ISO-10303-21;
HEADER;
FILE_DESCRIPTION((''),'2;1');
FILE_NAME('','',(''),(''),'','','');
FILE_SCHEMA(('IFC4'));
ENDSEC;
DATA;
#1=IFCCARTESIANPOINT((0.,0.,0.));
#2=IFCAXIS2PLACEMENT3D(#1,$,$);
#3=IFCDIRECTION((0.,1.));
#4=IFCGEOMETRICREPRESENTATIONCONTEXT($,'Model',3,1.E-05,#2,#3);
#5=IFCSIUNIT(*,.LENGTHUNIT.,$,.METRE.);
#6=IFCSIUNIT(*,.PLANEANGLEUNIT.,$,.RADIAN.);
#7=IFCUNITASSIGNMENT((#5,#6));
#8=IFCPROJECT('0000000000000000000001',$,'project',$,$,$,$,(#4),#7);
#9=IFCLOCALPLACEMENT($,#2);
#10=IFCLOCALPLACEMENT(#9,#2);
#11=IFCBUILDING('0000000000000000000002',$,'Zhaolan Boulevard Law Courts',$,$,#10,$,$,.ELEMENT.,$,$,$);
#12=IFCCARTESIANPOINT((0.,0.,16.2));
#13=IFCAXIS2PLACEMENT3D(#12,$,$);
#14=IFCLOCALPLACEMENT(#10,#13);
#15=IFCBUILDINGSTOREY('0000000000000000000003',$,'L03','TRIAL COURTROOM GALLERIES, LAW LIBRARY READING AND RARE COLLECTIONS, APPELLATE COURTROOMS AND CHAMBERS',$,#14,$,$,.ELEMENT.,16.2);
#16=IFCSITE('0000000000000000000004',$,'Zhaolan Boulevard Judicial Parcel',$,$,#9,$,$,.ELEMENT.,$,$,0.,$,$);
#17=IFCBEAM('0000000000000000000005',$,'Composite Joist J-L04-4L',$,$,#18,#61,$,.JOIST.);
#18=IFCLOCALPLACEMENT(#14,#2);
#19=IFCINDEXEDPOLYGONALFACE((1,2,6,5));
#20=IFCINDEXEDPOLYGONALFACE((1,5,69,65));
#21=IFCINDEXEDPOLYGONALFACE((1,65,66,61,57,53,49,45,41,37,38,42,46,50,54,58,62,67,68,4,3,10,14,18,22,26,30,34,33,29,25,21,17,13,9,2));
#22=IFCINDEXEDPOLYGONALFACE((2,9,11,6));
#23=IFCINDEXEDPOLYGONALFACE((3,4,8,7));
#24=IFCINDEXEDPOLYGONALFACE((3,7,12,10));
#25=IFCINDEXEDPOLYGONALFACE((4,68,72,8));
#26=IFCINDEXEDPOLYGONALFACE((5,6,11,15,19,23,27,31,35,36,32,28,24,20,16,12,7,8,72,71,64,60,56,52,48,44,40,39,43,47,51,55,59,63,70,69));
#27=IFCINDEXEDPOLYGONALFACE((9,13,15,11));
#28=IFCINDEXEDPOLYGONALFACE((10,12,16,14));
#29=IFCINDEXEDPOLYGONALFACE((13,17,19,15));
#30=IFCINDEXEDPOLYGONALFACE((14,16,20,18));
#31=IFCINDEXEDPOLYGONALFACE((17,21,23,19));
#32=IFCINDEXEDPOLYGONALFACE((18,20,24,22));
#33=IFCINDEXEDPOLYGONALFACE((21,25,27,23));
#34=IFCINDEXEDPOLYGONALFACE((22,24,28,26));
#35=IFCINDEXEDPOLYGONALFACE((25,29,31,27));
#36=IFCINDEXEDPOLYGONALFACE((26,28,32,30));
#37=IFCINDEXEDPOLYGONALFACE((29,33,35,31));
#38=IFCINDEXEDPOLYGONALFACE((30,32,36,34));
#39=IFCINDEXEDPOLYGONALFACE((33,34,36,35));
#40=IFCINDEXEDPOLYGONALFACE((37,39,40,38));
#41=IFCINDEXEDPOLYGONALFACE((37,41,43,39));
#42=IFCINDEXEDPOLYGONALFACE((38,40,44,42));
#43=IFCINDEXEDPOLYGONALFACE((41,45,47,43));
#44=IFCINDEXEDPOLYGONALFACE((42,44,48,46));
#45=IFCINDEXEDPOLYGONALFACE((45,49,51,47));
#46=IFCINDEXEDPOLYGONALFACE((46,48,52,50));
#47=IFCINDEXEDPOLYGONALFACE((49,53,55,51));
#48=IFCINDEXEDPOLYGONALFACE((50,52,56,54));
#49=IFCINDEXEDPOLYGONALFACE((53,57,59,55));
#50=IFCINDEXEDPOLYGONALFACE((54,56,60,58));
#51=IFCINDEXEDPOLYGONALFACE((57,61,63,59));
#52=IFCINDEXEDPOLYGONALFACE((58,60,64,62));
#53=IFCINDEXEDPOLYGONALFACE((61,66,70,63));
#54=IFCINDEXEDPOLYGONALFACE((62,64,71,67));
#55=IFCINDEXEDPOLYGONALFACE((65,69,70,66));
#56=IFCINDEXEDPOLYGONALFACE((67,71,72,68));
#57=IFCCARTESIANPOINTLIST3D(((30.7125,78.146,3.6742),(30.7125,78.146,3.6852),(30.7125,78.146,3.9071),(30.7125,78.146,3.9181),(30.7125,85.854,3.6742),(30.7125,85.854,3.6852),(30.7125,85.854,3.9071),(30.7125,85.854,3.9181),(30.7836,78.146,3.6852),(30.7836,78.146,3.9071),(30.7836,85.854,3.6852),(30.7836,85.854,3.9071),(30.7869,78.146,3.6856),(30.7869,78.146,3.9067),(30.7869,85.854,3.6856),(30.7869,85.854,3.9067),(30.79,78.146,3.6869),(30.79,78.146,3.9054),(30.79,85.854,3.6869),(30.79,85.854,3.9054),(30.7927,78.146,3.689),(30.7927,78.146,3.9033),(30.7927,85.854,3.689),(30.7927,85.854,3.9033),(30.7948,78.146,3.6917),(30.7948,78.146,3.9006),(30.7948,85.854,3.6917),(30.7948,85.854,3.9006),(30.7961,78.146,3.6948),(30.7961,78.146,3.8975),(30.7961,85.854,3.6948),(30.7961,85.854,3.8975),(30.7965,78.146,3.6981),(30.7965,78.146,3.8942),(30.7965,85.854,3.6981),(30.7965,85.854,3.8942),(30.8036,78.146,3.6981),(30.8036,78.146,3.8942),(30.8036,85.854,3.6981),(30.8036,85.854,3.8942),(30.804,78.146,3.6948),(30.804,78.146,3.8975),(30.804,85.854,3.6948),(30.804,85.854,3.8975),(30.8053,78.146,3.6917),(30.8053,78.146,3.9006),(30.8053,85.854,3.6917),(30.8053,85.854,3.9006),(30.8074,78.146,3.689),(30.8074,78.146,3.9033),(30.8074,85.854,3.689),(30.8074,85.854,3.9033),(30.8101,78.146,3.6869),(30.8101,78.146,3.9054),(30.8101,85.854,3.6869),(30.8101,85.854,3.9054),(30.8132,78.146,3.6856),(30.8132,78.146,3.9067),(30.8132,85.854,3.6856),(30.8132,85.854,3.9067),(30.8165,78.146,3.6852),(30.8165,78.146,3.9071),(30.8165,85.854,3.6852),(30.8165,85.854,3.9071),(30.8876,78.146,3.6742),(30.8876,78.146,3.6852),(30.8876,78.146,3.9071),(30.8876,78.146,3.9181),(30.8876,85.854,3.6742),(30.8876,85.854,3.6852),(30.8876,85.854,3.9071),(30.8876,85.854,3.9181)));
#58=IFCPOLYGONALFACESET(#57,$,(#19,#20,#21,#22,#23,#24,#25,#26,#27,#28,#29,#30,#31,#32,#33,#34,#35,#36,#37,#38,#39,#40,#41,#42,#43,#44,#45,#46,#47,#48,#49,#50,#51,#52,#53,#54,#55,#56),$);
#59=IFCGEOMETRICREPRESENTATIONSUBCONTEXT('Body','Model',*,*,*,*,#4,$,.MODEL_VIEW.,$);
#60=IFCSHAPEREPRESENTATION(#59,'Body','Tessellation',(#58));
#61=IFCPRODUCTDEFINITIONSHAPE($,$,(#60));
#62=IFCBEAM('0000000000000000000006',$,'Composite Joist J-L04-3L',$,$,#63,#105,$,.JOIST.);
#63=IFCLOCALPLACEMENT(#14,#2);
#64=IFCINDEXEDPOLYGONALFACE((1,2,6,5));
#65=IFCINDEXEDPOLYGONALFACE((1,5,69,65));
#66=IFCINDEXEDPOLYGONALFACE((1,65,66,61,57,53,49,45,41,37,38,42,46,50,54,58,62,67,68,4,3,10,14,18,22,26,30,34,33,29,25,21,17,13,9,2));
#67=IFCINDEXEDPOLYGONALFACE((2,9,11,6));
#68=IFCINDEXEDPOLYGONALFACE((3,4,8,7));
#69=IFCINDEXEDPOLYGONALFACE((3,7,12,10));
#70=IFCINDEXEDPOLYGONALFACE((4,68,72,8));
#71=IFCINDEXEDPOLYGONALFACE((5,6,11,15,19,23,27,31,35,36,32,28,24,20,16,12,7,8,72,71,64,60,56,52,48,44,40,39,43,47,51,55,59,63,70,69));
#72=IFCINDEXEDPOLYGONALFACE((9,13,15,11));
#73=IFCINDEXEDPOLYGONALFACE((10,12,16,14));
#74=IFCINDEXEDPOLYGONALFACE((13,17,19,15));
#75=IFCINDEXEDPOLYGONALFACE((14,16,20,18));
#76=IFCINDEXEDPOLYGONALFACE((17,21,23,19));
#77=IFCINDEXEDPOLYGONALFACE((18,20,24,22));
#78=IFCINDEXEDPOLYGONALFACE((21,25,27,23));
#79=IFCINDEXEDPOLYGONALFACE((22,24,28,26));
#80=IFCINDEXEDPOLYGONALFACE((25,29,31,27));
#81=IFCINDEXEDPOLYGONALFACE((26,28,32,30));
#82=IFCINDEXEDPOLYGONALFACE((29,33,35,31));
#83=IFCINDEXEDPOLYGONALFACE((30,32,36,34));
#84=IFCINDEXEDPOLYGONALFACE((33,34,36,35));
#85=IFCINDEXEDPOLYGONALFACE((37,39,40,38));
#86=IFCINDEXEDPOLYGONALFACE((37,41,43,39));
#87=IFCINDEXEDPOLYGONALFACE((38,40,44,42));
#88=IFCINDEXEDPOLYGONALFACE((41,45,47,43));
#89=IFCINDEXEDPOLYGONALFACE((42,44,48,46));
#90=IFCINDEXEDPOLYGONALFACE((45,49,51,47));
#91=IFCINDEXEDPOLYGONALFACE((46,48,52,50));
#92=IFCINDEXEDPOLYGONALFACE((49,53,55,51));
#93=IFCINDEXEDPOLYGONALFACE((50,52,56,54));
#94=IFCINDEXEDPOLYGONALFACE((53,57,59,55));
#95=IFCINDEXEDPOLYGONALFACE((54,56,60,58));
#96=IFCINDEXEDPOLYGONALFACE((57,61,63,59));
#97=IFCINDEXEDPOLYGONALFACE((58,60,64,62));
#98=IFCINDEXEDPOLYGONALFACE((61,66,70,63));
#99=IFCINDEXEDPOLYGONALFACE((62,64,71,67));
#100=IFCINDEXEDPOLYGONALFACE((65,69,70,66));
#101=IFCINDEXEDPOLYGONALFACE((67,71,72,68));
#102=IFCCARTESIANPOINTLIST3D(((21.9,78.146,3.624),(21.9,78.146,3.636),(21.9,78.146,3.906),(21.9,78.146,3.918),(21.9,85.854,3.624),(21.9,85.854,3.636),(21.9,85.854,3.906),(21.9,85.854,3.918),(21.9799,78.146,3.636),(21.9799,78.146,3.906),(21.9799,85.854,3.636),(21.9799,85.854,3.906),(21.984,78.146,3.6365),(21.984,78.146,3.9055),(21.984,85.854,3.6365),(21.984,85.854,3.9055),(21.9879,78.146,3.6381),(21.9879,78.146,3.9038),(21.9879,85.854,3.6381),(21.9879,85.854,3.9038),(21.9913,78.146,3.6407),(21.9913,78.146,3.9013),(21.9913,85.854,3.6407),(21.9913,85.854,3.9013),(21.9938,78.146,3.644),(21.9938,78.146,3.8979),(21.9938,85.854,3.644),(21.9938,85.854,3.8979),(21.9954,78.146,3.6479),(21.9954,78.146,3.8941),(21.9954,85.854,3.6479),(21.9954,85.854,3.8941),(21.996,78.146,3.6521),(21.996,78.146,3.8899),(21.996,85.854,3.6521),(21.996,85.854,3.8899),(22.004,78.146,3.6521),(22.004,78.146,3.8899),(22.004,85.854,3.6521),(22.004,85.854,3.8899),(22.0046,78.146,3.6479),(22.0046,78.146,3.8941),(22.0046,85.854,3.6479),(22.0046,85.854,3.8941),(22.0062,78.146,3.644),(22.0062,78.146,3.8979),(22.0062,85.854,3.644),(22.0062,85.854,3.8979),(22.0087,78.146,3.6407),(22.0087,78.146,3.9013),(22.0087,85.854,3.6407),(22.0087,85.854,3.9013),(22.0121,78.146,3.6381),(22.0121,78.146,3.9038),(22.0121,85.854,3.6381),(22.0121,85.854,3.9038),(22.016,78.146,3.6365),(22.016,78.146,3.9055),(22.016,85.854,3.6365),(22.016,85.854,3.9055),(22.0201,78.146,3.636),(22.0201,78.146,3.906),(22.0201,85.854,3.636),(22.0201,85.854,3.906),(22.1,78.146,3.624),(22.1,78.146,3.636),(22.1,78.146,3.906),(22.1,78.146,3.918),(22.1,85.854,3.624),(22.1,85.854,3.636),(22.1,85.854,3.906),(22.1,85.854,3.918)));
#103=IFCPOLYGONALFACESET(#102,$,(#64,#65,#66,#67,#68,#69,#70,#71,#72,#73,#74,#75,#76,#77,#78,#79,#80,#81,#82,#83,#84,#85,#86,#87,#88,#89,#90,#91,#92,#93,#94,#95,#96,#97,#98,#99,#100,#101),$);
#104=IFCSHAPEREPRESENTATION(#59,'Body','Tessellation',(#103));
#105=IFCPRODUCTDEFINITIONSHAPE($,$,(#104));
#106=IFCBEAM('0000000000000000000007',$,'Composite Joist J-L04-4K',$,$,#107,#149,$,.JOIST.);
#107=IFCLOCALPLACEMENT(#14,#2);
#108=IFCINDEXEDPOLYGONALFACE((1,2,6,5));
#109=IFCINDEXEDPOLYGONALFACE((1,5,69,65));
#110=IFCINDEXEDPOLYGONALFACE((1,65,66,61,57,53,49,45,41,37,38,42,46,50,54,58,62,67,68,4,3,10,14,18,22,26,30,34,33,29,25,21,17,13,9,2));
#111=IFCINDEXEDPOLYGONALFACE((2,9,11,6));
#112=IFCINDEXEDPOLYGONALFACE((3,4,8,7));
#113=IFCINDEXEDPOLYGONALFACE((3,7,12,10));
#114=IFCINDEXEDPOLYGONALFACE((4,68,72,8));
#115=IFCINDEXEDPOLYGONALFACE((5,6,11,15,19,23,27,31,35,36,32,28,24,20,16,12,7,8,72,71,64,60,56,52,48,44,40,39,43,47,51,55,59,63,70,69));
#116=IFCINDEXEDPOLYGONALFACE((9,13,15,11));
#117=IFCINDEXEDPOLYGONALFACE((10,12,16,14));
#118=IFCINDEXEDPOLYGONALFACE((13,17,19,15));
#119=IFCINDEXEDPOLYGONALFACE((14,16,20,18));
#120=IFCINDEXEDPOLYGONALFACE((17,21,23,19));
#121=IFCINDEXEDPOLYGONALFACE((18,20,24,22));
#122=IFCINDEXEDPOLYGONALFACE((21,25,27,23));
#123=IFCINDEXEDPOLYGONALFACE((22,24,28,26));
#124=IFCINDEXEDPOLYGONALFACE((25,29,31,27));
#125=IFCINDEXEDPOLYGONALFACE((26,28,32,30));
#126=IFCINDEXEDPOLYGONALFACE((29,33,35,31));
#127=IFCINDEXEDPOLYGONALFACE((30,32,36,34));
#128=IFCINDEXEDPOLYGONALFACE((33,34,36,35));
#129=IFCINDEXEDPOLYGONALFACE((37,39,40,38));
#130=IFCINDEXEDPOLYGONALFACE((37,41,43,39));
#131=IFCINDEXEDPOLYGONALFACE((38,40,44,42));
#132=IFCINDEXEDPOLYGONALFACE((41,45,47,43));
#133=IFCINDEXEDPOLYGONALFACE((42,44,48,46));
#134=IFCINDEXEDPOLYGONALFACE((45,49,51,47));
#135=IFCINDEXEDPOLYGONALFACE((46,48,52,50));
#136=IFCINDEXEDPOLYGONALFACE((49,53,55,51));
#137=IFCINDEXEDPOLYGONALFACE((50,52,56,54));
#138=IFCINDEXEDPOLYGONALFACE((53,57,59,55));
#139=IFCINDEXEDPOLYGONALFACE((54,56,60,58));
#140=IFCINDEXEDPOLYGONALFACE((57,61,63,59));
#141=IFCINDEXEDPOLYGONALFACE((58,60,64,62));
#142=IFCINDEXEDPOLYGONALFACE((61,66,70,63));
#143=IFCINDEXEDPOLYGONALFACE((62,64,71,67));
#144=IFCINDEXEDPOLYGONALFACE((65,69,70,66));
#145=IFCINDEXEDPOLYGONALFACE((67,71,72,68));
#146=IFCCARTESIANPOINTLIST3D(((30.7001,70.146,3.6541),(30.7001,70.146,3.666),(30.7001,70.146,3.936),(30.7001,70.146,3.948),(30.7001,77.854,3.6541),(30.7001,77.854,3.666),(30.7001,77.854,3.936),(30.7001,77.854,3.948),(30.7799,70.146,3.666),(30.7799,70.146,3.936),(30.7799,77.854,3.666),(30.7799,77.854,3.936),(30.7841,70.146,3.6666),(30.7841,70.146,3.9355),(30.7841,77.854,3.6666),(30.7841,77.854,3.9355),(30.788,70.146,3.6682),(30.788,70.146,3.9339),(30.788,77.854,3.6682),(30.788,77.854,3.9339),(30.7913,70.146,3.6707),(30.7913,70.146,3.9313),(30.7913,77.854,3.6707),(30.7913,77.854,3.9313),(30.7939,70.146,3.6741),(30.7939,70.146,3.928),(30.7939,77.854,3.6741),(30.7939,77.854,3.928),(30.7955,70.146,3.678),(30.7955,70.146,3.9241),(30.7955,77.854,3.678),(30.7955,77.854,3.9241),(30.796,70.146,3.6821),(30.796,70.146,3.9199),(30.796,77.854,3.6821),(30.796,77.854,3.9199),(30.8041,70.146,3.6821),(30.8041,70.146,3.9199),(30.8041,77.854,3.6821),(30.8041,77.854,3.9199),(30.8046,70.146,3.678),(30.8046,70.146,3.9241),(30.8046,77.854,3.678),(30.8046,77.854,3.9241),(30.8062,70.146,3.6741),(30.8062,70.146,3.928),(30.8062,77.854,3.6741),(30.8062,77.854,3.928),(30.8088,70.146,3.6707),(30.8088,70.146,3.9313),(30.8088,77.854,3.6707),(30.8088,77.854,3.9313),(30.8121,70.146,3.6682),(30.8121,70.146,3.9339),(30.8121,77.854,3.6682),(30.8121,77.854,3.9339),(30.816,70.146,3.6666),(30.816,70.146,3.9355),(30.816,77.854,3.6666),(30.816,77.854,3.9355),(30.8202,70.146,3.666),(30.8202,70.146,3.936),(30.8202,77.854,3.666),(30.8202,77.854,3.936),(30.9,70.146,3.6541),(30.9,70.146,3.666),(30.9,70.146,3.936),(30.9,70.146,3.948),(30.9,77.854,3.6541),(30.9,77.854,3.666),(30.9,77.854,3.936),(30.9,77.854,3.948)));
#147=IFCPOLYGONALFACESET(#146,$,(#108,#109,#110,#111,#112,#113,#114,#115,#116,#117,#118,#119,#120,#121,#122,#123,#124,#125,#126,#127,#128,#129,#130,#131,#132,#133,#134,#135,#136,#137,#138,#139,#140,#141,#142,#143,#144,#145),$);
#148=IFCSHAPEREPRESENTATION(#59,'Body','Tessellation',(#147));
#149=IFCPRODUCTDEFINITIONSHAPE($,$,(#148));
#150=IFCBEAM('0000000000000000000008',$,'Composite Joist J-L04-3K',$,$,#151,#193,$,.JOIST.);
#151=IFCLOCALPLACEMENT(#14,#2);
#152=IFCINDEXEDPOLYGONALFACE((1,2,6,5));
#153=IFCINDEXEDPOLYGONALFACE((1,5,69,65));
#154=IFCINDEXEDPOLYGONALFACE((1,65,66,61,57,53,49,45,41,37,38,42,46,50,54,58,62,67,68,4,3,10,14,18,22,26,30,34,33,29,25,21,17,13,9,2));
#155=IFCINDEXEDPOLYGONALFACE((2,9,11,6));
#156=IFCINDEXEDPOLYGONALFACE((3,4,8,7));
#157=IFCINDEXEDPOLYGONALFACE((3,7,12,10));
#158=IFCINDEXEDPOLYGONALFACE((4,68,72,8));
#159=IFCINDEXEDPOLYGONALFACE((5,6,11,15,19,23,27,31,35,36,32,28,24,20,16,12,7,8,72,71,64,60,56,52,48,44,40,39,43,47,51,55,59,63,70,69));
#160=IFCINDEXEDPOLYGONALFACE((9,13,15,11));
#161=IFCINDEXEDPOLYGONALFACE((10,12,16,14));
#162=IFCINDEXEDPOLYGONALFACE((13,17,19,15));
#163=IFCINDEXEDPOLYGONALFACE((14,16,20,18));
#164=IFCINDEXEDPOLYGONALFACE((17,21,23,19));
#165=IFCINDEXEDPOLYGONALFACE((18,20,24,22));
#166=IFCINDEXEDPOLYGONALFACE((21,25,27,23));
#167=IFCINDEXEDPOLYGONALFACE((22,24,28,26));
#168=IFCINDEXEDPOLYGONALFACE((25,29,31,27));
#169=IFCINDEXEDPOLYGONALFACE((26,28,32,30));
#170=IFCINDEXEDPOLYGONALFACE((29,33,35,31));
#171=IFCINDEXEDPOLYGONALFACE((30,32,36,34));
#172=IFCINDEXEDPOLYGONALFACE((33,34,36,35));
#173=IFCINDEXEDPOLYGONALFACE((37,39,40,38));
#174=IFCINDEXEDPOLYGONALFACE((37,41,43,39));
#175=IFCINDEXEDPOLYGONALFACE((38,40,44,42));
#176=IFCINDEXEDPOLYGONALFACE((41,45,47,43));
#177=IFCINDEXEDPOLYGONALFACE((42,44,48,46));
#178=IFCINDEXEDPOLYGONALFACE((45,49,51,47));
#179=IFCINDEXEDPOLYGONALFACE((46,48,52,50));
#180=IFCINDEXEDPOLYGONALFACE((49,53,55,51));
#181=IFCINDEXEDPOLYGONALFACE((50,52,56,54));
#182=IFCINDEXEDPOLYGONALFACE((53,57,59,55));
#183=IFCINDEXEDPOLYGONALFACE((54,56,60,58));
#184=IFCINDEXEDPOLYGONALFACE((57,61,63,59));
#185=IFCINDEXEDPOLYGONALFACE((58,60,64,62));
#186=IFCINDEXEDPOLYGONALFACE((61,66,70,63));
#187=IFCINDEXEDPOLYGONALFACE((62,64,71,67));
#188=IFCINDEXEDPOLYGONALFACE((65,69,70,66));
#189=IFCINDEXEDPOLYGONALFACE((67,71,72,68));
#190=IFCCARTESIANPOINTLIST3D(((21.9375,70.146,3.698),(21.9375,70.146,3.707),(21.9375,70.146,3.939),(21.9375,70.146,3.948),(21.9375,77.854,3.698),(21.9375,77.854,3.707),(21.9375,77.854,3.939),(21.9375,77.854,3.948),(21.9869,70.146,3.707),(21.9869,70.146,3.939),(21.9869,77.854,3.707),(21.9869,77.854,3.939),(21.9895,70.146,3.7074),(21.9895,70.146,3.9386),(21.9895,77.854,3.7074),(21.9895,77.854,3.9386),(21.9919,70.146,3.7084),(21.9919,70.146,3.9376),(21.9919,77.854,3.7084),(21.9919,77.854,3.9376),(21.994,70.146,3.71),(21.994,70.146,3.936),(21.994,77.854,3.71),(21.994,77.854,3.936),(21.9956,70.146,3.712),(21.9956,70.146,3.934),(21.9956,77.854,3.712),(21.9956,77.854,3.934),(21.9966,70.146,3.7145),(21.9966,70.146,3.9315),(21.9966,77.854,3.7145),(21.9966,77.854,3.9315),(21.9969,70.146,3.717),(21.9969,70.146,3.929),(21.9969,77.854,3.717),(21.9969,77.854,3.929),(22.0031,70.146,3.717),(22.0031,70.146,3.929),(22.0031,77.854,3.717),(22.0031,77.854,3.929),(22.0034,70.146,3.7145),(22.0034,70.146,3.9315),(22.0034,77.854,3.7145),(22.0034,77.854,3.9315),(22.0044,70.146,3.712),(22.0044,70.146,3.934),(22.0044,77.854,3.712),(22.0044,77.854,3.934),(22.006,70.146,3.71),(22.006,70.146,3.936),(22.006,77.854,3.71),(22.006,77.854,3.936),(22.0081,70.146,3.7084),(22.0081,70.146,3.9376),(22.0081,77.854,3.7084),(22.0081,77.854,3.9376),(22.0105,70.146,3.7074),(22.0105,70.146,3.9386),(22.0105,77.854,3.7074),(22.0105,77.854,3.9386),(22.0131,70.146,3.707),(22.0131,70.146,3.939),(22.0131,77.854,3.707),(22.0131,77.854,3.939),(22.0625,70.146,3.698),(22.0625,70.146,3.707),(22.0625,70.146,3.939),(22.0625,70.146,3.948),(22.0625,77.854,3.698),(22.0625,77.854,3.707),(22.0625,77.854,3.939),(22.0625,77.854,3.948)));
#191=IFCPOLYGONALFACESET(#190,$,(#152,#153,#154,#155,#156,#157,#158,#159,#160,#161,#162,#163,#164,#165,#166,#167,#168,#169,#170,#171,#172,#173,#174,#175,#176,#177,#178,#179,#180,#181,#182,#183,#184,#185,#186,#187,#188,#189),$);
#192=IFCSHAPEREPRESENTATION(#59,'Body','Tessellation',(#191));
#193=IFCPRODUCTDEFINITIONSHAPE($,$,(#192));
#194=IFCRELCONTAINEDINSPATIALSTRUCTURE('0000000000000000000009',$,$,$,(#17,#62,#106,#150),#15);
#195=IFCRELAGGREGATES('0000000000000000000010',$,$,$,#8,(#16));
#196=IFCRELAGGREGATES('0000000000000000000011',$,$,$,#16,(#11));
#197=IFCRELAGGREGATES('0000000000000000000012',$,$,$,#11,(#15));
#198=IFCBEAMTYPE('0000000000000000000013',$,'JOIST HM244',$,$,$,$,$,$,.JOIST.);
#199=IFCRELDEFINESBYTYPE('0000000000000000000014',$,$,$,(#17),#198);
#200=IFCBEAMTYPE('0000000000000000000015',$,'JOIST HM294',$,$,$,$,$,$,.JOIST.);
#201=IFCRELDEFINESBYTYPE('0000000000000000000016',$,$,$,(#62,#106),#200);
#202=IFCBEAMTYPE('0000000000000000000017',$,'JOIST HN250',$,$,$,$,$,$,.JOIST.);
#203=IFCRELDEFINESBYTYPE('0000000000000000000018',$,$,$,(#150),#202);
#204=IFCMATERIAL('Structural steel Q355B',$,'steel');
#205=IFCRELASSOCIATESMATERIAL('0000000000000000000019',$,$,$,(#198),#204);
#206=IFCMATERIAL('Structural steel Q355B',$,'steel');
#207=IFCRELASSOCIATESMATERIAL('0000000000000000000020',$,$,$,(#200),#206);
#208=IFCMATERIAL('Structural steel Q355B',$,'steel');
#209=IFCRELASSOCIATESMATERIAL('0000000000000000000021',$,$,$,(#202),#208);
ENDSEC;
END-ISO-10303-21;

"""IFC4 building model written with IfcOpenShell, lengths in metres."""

from ifc_helpers import new_model, si_unit, direction, frame, origin, origin_2d, place, context, subcontext, project, spatial, i_section, extrude, material, material_profile, profile_set, type_object, element, save


model = new_model("IFC4")

# Units and contexts
model_context = context("Model", 3, precision=1e-05, world=origin(), true_north=direction((0.0, 1.0)))
body_context = subcontext(model_context, "Body", "Model", "MODEL_VIEW")
ifc_project = project(units=[si_unit("LENGTHUNIT", "METRE"), si_unit("PLANEANGLEUNIT", "RADIAN")], contexts=[model_context])

# Site, building, storey
site_placement = place(None, origin())
site = spatial("IfcSite", under=ifc_project, at=site_placement, Name="Zhaolan Boulevard Judicial Parcel", CompositionType="ELEMENT", RefElevation=0.0)
building_placement = place(site_placement, origin())
building = spatial("IfcBuilding", under=site, at=building_placement, Name="Zhaolan Boulevard Law Courts", CompositionType="ELEMENT")
storey_placement = place(building_placement, frame((0.0, 0.0, 16.2)))
storey = spatial("IfcBuildingStorey", under=building, at=storey_placement, Name="L03", Description="TRIAL COURTROOM GALLERIES, LAW LIBRARY READING AND RARE COLLECTIONS, APPELLATE COURTROOMS AND CHAMBERS", CompositionType="ELEMENT", Elevation=16.2)

# Beams
ifc_material_1 = material(Name="Structural steel Q355B", Category="steel")
ifc_material_profile_1 = material_profile(ifc_material_1, i_section(OverallWidth=0.175, OverallDepth=0.2439, WebThickness=0.0071, FlangeThickness=0.011, FilletRadius=0.0129, at=origin_2d()), Name="HM244x175")
ifc_profile_set_1 = profile_set([ifc_material_profile_1], Name="Structural steel Q355B")
beam_type_1 = type_object("IfcBeamType", Name="JOIST HM244", PredefinedType="JOIST", material=ifc_profile_set_1)
beam_1_placement = place(storey_placement, frame((30.8, 78.146, 3.7961), z_axis=(0.0, 1.0, 0.0), x_axis=(-1.0, 0.0, 0.0)))
element("IfcBeam", 1, at=beam_1_placement, inside=storey, type_object=beam_type_1, Name="Composite Joist J-L04-4L", PredefinedType="JOIST", context=body_context, shape_type="SweptSolid", body=[
    extrude(i_section(OverallWidth=0.175, OverallDepth=0.2439, WebThickness=0.0071, FlangeThickness=0.011, FilletRadius=0.0129, at=origin_2d()), origin(), (0.0, 0.0, 1.0), 7.708),
])
ifc_material_2 = material(Name="Structural steel Q355B", Category="steel")
ifc_material_profile_2 = material_profile(ifc_material_2, i_section(OverallWidth=0.2, OverallDepth=0.2939, WebThickness=0.0081, FlangeThickness=0.012, FilletRadius=0.0161, at=origin_2d()), Name="HM294x200")
ifc_profile_set_2 = profile_set([ifc_material_profile_2], Name="Structural steel Q355B")
beam_type_2 = type_object("IfcBeamType", Name="JOIST HM294", PredefinedType="JOIST", material=ifc_profile_set_2)
for number, where, z_axis, x_axis, name in (
    (2, (22.0, 78.146, 3.771), (0.0, 1.0, 0.0), (-1.0, 0.0, 0.0), "Composite Joist J-L04-3L"),
    (3, (30.8, 70.146, 3.801), (0.0, 1.0, 0.0), (-1.0, 0.0, 0.0), "Composite Joist J-L04-4K"),
):
    element("IfcBeam", number, at=place(storey_placement, frame(where, z_axis=z_axis, x_axis=x_axis)), inside=storey, type_object=beam_type_2, Name=name, PredefinedType="JOIST", context=body_context, shape_type="SweptSolid", body=[
        extrude(i_section(OverallWidth=0.2, OverallDepth=0.2939, WebThickness=0.0081, FlangeThickness=0.012, FilletRadius=0.0161, at=origin_2d()), origin(), (0.0, 0.0, 1.0), 7.708),
    ])
ifc_material_3 = material(Name="Structural steel Q355B", Category="steel")
ifc_material_profile_3 = material_profile(ifc_material_3, i_section(OverallWidth=0.125, OverallDepth=0.25, WebThickness=0.0061, FlangeThickness=0.009, FilletRadius=0.01, at=origin_2d()), Name="HN250x125")
ifc_profile_set_3 = profile_set([ifc_material_profile_3], Name="Structural steel Q355B")
beam_type_3 = type_object("IfcBeamType", Name="JOIST HN250", PredefinedType="JOIST", material=ifc_profile_set_3)
beam_2_placement = place(storey_placement, frame((22.0, 70.146, 3.823), z_axis=(0.0, 1.0, 0.0), x_axis=(-1.0, 0.0, 0.0)))
element("IfcBeam", 4, at=beam_2_placement, inside=storey, type_object=beam_type_3, Name="Composite Joist J-L04-3K", PredefinedType="JOIST", context=body_context, shape_type="SweptSolid", body=[
    extrude(i_section(OverallWidth=0.125, OverallDepth=0.25, WebThickness=0.0061, FlangeThickness=0.009, FilletRadius=0.01, at=origin_2d()), origin(), (0.0, 0.0, 1.0), 7.708),
])

save(model, "model.ifc")
